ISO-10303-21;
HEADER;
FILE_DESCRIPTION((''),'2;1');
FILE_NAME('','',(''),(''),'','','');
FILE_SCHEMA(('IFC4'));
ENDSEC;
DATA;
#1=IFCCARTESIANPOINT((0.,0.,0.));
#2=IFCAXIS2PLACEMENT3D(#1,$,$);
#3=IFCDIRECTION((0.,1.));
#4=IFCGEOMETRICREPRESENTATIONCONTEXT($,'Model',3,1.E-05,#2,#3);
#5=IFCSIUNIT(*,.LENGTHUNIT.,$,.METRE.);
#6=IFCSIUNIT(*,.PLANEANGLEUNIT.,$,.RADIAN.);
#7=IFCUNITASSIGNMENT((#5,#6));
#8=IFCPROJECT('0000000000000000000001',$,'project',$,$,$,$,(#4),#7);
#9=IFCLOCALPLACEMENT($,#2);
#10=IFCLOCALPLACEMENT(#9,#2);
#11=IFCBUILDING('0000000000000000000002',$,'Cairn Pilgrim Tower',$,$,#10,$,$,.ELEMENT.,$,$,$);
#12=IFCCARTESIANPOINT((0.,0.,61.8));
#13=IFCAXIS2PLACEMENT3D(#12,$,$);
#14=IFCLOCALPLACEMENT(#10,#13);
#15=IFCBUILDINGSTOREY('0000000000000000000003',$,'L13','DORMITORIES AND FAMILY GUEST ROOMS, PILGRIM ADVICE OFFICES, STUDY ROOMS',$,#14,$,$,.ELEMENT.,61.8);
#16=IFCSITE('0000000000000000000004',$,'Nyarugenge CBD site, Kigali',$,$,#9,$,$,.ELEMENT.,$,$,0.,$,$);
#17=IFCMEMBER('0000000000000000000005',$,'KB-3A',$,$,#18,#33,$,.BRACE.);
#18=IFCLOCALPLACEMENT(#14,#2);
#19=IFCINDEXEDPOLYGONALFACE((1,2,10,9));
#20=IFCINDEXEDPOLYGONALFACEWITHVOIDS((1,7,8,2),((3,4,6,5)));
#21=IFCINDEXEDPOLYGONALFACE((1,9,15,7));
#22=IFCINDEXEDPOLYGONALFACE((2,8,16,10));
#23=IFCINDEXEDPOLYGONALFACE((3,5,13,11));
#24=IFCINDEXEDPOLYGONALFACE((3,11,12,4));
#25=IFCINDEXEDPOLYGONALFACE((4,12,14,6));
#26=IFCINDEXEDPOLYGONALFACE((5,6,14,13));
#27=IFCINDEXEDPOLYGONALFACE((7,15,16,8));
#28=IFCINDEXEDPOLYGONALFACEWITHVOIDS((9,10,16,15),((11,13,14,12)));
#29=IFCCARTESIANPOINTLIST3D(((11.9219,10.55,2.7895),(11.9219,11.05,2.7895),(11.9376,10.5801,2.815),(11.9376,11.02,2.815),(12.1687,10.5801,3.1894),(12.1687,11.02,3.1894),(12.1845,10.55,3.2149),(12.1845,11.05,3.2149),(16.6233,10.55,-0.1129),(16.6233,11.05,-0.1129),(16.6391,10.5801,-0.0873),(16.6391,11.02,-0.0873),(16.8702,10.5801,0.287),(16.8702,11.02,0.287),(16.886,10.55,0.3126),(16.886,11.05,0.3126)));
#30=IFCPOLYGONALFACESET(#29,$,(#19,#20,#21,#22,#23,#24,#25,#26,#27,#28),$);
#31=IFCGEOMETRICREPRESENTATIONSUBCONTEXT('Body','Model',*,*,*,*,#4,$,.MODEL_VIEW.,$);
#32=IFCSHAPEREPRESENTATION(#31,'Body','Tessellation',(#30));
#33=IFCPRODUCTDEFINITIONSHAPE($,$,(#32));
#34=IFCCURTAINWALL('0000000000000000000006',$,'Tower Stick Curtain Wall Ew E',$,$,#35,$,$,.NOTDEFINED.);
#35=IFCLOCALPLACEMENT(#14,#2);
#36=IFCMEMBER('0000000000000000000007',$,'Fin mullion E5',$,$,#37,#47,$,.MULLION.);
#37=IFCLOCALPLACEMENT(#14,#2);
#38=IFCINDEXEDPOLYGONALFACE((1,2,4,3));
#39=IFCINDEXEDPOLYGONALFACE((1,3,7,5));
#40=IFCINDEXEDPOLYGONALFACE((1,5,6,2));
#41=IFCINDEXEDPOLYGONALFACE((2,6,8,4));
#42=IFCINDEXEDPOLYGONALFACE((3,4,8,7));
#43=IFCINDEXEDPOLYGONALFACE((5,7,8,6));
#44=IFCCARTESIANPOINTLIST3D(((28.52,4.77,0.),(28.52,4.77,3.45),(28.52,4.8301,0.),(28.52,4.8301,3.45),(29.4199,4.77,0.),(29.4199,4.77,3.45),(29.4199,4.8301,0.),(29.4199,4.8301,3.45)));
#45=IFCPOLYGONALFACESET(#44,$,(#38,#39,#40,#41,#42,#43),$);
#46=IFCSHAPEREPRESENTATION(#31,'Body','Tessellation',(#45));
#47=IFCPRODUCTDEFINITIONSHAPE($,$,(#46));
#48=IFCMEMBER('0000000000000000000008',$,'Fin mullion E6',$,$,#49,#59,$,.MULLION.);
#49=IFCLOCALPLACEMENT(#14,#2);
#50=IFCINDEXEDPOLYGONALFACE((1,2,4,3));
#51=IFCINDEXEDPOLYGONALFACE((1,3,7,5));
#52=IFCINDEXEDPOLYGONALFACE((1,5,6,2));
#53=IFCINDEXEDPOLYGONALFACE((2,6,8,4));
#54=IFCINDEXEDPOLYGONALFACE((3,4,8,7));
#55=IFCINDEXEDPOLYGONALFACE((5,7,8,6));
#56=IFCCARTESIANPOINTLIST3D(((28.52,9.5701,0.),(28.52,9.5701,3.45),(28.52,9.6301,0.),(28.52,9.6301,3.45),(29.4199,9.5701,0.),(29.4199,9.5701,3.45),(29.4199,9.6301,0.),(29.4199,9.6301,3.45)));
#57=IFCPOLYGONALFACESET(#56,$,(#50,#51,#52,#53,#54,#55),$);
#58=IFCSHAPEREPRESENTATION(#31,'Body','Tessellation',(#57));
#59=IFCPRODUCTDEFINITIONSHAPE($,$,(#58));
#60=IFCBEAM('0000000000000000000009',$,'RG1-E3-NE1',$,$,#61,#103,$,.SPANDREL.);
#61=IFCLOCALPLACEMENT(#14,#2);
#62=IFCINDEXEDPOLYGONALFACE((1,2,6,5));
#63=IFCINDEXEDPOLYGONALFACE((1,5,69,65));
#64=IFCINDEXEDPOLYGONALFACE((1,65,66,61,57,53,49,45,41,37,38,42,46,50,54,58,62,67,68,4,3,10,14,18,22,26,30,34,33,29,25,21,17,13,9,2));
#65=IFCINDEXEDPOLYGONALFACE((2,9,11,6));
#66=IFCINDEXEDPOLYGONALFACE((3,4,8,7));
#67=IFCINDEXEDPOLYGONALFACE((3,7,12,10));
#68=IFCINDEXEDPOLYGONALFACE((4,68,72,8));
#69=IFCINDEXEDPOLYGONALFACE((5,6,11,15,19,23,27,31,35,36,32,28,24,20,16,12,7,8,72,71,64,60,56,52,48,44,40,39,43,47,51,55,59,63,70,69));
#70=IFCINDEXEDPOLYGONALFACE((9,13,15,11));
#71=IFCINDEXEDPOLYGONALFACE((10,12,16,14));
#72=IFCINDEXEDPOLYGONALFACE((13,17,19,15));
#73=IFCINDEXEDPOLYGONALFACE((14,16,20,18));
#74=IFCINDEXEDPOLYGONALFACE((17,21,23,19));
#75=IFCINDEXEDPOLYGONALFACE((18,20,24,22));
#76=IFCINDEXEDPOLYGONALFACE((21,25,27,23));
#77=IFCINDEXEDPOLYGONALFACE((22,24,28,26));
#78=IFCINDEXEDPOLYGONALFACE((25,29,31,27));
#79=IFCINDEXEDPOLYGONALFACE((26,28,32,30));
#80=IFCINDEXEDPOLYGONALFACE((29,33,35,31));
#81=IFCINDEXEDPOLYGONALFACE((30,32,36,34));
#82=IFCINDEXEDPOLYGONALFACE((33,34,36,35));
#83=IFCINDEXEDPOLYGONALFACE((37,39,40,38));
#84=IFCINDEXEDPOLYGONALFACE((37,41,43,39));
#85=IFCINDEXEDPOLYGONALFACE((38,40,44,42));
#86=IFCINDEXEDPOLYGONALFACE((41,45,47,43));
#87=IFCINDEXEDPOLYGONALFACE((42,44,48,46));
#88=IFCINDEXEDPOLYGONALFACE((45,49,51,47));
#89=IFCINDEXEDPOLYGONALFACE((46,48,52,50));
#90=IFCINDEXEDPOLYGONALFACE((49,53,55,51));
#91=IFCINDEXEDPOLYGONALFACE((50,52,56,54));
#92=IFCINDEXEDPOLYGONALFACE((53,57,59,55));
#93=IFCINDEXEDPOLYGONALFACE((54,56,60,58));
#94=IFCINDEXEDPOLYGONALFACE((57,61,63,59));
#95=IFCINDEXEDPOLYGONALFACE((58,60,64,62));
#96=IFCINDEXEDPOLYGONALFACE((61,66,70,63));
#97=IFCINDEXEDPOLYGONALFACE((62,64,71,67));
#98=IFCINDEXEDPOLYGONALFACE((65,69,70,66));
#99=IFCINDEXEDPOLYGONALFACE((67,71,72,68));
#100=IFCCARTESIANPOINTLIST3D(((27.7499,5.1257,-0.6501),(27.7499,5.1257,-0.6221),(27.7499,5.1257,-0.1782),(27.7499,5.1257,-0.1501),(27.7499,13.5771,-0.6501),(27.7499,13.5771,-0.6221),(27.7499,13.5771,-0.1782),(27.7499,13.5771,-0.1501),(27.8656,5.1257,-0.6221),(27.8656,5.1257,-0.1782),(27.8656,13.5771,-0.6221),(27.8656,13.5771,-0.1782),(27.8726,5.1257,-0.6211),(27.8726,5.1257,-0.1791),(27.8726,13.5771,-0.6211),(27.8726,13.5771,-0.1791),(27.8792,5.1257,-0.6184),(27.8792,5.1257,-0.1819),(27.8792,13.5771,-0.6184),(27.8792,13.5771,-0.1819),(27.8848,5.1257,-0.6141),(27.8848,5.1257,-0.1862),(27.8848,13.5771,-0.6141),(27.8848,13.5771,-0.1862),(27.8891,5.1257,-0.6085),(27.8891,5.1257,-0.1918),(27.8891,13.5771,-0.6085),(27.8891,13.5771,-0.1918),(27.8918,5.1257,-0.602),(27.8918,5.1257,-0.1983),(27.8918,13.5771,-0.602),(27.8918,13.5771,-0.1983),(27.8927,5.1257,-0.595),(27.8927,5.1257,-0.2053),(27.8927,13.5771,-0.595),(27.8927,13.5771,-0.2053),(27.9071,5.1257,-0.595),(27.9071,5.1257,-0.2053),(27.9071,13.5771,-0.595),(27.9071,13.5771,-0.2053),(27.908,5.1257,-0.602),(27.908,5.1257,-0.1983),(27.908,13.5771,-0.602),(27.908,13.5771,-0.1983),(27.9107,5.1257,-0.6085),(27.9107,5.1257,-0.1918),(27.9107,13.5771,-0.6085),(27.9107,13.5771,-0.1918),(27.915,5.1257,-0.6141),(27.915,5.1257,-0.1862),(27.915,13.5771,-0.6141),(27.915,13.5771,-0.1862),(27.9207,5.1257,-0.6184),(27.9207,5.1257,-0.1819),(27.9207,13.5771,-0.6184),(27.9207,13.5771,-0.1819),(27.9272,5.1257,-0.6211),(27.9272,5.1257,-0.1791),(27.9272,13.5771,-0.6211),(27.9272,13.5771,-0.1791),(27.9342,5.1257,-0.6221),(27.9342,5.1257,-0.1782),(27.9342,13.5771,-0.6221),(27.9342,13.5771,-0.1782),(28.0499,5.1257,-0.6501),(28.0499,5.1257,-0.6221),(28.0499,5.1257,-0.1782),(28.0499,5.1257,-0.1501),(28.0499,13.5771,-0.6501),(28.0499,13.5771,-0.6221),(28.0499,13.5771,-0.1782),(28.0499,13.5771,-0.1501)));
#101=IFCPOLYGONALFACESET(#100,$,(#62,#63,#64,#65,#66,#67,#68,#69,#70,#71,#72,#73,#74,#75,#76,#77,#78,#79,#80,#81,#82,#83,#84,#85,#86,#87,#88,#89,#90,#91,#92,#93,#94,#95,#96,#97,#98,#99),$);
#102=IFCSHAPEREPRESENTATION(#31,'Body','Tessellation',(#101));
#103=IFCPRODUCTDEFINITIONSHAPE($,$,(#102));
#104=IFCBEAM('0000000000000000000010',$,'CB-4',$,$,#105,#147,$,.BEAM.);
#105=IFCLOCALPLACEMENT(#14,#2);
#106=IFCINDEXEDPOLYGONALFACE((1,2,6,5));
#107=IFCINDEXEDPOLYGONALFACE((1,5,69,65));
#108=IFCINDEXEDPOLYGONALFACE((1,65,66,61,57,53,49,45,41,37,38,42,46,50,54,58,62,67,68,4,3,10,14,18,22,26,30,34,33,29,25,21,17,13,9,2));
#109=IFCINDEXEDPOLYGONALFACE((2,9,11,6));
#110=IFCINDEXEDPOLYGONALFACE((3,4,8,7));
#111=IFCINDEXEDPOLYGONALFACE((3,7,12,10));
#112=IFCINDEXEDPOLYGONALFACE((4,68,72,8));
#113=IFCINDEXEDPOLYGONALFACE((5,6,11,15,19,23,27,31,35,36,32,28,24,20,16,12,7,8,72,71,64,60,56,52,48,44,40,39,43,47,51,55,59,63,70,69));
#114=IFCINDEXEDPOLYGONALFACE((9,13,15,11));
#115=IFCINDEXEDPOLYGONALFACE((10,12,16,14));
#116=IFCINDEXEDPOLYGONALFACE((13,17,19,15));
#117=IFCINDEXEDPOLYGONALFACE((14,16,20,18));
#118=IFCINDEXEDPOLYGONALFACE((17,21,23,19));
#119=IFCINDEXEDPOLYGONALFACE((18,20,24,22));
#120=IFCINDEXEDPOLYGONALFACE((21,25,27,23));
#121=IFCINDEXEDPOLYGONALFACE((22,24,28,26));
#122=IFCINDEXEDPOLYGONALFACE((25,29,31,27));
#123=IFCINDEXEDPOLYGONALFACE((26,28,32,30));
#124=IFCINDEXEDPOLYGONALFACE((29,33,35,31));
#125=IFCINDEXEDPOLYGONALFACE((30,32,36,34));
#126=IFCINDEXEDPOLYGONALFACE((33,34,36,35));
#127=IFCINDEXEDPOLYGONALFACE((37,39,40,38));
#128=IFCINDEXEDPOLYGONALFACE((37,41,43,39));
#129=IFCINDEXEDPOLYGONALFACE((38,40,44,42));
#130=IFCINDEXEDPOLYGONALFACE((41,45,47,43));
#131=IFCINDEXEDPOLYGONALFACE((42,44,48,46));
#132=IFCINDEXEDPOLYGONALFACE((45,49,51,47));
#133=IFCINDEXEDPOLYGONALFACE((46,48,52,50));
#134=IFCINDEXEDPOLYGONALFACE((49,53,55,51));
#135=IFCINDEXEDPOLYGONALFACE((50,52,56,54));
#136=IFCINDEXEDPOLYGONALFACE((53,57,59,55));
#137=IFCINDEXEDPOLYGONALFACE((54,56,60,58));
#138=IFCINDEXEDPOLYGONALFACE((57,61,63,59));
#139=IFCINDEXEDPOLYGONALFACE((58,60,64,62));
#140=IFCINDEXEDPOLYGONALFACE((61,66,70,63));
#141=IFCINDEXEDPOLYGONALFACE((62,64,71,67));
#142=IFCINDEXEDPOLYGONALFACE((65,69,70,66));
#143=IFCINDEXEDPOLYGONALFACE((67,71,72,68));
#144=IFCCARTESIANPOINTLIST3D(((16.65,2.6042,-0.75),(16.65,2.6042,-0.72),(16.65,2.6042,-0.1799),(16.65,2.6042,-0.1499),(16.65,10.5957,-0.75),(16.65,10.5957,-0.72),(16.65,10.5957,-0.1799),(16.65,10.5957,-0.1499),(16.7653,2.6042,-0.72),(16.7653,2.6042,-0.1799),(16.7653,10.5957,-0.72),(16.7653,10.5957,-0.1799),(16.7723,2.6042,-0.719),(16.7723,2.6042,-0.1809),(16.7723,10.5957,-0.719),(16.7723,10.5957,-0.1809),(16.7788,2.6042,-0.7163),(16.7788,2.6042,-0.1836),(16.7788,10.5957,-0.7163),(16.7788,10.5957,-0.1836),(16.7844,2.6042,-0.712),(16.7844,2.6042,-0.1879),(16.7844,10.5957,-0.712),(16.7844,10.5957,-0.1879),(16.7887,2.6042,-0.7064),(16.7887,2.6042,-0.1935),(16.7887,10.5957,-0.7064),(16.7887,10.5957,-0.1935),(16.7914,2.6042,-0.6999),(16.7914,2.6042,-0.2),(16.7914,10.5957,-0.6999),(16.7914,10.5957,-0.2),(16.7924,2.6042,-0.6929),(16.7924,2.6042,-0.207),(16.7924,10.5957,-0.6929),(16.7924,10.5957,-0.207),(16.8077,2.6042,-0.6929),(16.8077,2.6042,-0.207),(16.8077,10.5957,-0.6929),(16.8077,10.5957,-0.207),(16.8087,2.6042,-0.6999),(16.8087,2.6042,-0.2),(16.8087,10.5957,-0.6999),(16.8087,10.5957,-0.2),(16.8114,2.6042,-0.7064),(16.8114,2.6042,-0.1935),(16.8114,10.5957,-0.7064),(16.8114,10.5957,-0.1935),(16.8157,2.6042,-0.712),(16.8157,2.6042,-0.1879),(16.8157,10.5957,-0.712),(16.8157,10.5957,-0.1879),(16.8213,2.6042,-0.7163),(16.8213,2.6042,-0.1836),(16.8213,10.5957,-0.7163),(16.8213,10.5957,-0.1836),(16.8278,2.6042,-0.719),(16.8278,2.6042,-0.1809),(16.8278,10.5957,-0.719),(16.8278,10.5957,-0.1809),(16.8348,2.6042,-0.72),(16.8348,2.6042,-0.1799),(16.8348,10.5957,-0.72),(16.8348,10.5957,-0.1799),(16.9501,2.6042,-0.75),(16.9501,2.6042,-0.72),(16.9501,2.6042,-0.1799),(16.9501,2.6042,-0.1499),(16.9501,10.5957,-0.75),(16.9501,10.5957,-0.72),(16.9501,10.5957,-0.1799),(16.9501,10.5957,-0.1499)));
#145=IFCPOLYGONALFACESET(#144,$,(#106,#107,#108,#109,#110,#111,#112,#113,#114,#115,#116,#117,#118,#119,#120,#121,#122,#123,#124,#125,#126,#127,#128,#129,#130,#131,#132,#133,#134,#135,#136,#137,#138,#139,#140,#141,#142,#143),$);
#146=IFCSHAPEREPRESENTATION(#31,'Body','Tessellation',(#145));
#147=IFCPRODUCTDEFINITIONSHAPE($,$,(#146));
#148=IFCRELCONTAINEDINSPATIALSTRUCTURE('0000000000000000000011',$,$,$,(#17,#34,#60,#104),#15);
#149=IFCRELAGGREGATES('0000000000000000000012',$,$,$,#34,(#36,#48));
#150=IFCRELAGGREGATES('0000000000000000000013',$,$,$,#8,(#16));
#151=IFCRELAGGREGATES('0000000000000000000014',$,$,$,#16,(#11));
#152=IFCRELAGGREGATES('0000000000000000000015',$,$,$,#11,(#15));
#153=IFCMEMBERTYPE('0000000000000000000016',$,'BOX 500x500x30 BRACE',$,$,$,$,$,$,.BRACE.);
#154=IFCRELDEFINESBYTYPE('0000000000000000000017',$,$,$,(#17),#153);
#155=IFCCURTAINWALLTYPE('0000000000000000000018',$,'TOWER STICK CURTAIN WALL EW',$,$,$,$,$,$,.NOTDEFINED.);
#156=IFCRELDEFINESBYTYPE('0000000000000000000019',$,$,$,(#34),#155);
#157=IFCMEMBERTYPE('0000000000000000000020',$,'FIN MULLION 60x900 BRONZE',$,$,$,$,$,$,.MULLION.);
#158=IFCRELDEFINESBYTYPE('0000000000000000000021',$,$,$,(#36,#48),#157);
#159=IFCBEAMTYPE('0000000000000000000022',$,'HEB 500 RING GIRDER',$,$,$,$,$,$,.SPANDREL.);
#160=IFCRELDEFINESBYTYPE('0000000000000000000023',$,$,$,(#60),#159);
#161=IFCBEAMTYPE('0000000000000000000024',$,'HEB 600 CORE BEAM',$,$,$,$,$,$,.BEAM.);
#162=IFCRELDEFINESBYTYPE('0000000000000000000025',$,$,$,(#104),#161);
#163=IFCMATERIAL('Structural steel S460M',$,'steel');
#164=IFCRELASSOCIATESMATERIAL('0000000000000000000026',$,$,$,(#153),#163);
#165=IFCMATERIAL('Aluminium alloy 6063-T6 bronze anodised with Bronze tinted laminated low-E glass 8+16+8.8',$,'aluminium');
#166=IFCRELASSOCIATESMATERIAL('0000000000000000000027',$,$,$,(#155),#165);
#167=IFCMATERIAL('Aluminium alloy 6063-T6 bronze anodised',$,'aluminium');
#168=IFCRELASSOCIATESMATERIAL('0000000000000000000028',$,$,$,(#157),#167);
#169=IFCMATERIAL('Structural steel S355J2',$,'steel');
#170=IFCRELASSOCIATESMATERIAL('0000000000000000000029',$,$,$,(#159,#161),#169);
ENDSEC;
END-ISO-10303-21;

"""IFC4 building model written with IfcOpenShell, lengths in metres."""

from ifc_helpers import new_model, si_unit, direction, frame, origin, origin_2d, place, context, subcontext, project, spatial, rectangle, hollow_rectangle, i_section, extrude, material, material_profile, profile_set, type_object, element, aggregate, save


model = new_model("IFC4")

# Units and contexts
model_context = context("Model", 3, precision=1e-05, world=origin(), true_north=direction((0.0, 1.0)))
body_context = subcontext(model_context, "Body", "Model", "MODEL_VIEW")
ifc_project = project(units=[si_unit("LENGTHUNIT", "METRE"), si_unit("PLANEANGLEUNIT", "RADIAN")], contexts=[model_context])

# Site, building, storey
site_placement = place(None, origin())
site = spatial("IfcSite", under=ifc_project, at=site_placement, Name="Nyarugenge CBD site, Kigali", CompositionType="ELEMENT", RefElevation=0.0)
building_placement = place(site_placement, origin())
building = spatial("IfcBuilding", under=site, at=building_placement, Name="Cairn Pilgrim Tower", CompositionType="ELEMENT")
storey_placement = place(building_placement, frame((0.0, 0.0, 61.8)))
storey = spatial("IfcBuildingStorey", under=building, at=storey_placement, Name="L13", Description="DORMITORIES AND FAMILY GUEST ROOMS, PILGRIM ADVICE OFFICES, STUDY ROOMS", CompositionType="ELEMENT", Elevation=61.8)

# Shared definitions
ifc_material_1 = material(Name="Structural steel S460M", Category="steel")

# Member
ifc_material_profile_1 = material_profile(ifc_material_1, hollow_rectangle(XDim=0.5, YDim=0.5, WallThickness=0.03, at=origin_2d()), Name="BOX 500x500x30")
ifc_profile_set_1 = profile_set([ifc_material_profile_1], Name="Structural steel S460M")
member_type_1 = type_object("IfcMemberType", Name="BOX 500x500x30 BRACE", PredefinedType="BRACE", material=ifc_profile_set_1)
member_1_placement = place(storey_placement, frame((16.7546, 10.8, 0.0999), z_axis=(-0.850917, 0.0, 0.5253), x_axis=(0.0, -1.0, 0.0)))
element("IfcMember", 1, at=member_1_placement, inside=storey, type_object=member_type_1, Name="KB-3A", PredefinedType="BRACE", context=body_context, shape_type="SweptSolid", body=[
    extrude(hollow_rectangle(XDim=0.5, YDim=0.5, WallThickness=0.03, at=origin_2d()), origin(), (0.0, 0.0, 1.0), 5.5251),
])

# Curtain wall, members
ifc_material_2 = material(Name="Aluminium alloy 6063-T6 bronze anodised with Bronze tinted laminated low-E glass 8+16+8.8", Category="aluminium")
curtain_wall_type = type_object("IfcCurtainWallType", Name="TOWER STICK CURTAIN WALL EW", PredefinedType="NOTDEFINED", material=ifc_material_2)
curtain_wall_placement = place(storey_placement, origin())
curtain_wall = element("IfcCurtainWall", 2, at=curtain_wall_placement, inside=storey, type_object=curtain_wall_type, Name="Tower Stick Curtain Wall Ew E", PredefinedType="NOTDEFINED")
ifc_material_3 = material(Name="Aluminium alloy 6063-T6 bronze anodised", Category="aluminium")
ifc_material_profile_2 = material_profile(ifc_material_3, rectangle(XDim=0.8999, YDim=0.0601, at=origin_2d()), Name="FIN MULLION 60x900 BRONZE")
ifc_profile_set_2 = profile_set([ifc_material_profile_2], Name="Aluminium alloy 6063-T6 bronze anodised")
member_type_2 = type_object("IfcMemberType", Name="FIN MULLION 60x900 BRONZE", PredefinedType="MULLION", material=ifc_profile_set_2)
member_2_placement = place(storey_placement, frame((28.97, 4.8, 0.0), z_axis=(0.0, 0.0, 1.0), x_axis=(1.0, 0.0, 0.0)))
member_2 = element("IfcMember", 3, at=member_2_placement, type_object=member_type_2, Name="Fin mullion E5", PredefinedType="MULLION", context=body_context, shape_type="SweptSolid", body=[
    extrude(rectangle(XDim=0.8999, YDim=0.0601, at=origin_2d()), origin(), (0.0, 0.0, 1.0), 3.45),
])
member_3_placement = place(storey_placement, frame((28.97, 9.6001, 0.0), z_axis=(0.0, 0.0, 1.0), x_axis=(1.0, 0.0, 0.0)))
member_3 = element("IfcMember", 4, at=member_3_placement, type_object=member_type_2, Name="Fin mullion E6", PredefinedType="MULLION", context=body_context, shape_type="SweptSolid", body=[
    extrude(rectangle(XDim=0.8999, YDim=0.0601, at=origin_2d()), origin(), (0.0, 0.0, 1.0), 3.45),
])

# Beams
ifc_material_4 = material(Name="Structural steel S355J2", Category="steel")
ifc_material_profile_3 = material_profile(ifc_material_4, i_section(OverallWidth=0.3, OverallDepth=0.5, WebThickness=0.0144, FlangeThickness=0.0281, FilletRadius=0.0271, at=origin_2d()), Name="HEB 500")
ifc_profile_set_3 = profile_set([ifc_material_profile_3], Name="Structural steel S355J2")
beam_type_1 = type_object("IfcBeamType", Name="HEB 500 RING GIRDER", PredefinedType="SPANDREL", material=ifc_profile_set_3)
beam_1_placement = place(storey_placement, frame((27.8999, 5.1257, -0.4001), z_axis=(0.0, 1.0, 0.0), x_axis=(-1.0, 0.0, 0.0)))
element("IfcBeam", 5, at=beam_1_placement, inside=storey, type_object=beam_type_1, Name="RG1-E3-NE1", PredefinedType="SPANDREL", context=body_context, shape_type="SweptSolid", body=[
    extrude(i_section(OverallWidth=0.3, OverallDepth=0.5, WebThickness=0.0144, FlangeThickness=0.0281, FilletRadius=0.0271, at=origin_2d()), origin(), (0.0, 0.0, 1.0), 8.4514),
])
ifc_material_profile_4 = material_profile(ifc_material_4, i_section(OverallWidth=0.3, OverallDepth=0.6001, WebThickness=0.0154, FlangeThickness=0.03, FilletRadius=0.0271, at=origin_2d()), Name="HEB 600")
ifc_profile_set_4 = profile_set([ifc_material_profile_4], Name="Structural steel S355J2")
beam_type_2 = type_object("IfcBeamType", Name="HEB 600 CORE BEAM", PredefinedType="BEAM", material=ifc_profile_set_4)
beam_2_placement = place(storey_placement, frame((16.8, 2.6042, -0.45), z_axis=(0.0, 1.0, 0.0), x_axis=(-1.0, 0.0, 0.0)))
element("IfcBeam", 6, at=beam_2_placement, inside=storey, type_object=beam_type_2, Name="CB-4", PredefinedType="BEAM", context=body_context, shape_type="SweptSolid", body=[
    extrude(i_section(OverallWidth=0.3, OverallDepth=0.6001, WebThickness=0.0154, FlangeThickness=0.03, FilletRadius=0.0271, at=origin_2d()), origin(), (0.0, 0.0, 1.0), 7.9915),
])

aggregate(curtain_wall, [member_2, member_3])

save(model, "model.ifc")
